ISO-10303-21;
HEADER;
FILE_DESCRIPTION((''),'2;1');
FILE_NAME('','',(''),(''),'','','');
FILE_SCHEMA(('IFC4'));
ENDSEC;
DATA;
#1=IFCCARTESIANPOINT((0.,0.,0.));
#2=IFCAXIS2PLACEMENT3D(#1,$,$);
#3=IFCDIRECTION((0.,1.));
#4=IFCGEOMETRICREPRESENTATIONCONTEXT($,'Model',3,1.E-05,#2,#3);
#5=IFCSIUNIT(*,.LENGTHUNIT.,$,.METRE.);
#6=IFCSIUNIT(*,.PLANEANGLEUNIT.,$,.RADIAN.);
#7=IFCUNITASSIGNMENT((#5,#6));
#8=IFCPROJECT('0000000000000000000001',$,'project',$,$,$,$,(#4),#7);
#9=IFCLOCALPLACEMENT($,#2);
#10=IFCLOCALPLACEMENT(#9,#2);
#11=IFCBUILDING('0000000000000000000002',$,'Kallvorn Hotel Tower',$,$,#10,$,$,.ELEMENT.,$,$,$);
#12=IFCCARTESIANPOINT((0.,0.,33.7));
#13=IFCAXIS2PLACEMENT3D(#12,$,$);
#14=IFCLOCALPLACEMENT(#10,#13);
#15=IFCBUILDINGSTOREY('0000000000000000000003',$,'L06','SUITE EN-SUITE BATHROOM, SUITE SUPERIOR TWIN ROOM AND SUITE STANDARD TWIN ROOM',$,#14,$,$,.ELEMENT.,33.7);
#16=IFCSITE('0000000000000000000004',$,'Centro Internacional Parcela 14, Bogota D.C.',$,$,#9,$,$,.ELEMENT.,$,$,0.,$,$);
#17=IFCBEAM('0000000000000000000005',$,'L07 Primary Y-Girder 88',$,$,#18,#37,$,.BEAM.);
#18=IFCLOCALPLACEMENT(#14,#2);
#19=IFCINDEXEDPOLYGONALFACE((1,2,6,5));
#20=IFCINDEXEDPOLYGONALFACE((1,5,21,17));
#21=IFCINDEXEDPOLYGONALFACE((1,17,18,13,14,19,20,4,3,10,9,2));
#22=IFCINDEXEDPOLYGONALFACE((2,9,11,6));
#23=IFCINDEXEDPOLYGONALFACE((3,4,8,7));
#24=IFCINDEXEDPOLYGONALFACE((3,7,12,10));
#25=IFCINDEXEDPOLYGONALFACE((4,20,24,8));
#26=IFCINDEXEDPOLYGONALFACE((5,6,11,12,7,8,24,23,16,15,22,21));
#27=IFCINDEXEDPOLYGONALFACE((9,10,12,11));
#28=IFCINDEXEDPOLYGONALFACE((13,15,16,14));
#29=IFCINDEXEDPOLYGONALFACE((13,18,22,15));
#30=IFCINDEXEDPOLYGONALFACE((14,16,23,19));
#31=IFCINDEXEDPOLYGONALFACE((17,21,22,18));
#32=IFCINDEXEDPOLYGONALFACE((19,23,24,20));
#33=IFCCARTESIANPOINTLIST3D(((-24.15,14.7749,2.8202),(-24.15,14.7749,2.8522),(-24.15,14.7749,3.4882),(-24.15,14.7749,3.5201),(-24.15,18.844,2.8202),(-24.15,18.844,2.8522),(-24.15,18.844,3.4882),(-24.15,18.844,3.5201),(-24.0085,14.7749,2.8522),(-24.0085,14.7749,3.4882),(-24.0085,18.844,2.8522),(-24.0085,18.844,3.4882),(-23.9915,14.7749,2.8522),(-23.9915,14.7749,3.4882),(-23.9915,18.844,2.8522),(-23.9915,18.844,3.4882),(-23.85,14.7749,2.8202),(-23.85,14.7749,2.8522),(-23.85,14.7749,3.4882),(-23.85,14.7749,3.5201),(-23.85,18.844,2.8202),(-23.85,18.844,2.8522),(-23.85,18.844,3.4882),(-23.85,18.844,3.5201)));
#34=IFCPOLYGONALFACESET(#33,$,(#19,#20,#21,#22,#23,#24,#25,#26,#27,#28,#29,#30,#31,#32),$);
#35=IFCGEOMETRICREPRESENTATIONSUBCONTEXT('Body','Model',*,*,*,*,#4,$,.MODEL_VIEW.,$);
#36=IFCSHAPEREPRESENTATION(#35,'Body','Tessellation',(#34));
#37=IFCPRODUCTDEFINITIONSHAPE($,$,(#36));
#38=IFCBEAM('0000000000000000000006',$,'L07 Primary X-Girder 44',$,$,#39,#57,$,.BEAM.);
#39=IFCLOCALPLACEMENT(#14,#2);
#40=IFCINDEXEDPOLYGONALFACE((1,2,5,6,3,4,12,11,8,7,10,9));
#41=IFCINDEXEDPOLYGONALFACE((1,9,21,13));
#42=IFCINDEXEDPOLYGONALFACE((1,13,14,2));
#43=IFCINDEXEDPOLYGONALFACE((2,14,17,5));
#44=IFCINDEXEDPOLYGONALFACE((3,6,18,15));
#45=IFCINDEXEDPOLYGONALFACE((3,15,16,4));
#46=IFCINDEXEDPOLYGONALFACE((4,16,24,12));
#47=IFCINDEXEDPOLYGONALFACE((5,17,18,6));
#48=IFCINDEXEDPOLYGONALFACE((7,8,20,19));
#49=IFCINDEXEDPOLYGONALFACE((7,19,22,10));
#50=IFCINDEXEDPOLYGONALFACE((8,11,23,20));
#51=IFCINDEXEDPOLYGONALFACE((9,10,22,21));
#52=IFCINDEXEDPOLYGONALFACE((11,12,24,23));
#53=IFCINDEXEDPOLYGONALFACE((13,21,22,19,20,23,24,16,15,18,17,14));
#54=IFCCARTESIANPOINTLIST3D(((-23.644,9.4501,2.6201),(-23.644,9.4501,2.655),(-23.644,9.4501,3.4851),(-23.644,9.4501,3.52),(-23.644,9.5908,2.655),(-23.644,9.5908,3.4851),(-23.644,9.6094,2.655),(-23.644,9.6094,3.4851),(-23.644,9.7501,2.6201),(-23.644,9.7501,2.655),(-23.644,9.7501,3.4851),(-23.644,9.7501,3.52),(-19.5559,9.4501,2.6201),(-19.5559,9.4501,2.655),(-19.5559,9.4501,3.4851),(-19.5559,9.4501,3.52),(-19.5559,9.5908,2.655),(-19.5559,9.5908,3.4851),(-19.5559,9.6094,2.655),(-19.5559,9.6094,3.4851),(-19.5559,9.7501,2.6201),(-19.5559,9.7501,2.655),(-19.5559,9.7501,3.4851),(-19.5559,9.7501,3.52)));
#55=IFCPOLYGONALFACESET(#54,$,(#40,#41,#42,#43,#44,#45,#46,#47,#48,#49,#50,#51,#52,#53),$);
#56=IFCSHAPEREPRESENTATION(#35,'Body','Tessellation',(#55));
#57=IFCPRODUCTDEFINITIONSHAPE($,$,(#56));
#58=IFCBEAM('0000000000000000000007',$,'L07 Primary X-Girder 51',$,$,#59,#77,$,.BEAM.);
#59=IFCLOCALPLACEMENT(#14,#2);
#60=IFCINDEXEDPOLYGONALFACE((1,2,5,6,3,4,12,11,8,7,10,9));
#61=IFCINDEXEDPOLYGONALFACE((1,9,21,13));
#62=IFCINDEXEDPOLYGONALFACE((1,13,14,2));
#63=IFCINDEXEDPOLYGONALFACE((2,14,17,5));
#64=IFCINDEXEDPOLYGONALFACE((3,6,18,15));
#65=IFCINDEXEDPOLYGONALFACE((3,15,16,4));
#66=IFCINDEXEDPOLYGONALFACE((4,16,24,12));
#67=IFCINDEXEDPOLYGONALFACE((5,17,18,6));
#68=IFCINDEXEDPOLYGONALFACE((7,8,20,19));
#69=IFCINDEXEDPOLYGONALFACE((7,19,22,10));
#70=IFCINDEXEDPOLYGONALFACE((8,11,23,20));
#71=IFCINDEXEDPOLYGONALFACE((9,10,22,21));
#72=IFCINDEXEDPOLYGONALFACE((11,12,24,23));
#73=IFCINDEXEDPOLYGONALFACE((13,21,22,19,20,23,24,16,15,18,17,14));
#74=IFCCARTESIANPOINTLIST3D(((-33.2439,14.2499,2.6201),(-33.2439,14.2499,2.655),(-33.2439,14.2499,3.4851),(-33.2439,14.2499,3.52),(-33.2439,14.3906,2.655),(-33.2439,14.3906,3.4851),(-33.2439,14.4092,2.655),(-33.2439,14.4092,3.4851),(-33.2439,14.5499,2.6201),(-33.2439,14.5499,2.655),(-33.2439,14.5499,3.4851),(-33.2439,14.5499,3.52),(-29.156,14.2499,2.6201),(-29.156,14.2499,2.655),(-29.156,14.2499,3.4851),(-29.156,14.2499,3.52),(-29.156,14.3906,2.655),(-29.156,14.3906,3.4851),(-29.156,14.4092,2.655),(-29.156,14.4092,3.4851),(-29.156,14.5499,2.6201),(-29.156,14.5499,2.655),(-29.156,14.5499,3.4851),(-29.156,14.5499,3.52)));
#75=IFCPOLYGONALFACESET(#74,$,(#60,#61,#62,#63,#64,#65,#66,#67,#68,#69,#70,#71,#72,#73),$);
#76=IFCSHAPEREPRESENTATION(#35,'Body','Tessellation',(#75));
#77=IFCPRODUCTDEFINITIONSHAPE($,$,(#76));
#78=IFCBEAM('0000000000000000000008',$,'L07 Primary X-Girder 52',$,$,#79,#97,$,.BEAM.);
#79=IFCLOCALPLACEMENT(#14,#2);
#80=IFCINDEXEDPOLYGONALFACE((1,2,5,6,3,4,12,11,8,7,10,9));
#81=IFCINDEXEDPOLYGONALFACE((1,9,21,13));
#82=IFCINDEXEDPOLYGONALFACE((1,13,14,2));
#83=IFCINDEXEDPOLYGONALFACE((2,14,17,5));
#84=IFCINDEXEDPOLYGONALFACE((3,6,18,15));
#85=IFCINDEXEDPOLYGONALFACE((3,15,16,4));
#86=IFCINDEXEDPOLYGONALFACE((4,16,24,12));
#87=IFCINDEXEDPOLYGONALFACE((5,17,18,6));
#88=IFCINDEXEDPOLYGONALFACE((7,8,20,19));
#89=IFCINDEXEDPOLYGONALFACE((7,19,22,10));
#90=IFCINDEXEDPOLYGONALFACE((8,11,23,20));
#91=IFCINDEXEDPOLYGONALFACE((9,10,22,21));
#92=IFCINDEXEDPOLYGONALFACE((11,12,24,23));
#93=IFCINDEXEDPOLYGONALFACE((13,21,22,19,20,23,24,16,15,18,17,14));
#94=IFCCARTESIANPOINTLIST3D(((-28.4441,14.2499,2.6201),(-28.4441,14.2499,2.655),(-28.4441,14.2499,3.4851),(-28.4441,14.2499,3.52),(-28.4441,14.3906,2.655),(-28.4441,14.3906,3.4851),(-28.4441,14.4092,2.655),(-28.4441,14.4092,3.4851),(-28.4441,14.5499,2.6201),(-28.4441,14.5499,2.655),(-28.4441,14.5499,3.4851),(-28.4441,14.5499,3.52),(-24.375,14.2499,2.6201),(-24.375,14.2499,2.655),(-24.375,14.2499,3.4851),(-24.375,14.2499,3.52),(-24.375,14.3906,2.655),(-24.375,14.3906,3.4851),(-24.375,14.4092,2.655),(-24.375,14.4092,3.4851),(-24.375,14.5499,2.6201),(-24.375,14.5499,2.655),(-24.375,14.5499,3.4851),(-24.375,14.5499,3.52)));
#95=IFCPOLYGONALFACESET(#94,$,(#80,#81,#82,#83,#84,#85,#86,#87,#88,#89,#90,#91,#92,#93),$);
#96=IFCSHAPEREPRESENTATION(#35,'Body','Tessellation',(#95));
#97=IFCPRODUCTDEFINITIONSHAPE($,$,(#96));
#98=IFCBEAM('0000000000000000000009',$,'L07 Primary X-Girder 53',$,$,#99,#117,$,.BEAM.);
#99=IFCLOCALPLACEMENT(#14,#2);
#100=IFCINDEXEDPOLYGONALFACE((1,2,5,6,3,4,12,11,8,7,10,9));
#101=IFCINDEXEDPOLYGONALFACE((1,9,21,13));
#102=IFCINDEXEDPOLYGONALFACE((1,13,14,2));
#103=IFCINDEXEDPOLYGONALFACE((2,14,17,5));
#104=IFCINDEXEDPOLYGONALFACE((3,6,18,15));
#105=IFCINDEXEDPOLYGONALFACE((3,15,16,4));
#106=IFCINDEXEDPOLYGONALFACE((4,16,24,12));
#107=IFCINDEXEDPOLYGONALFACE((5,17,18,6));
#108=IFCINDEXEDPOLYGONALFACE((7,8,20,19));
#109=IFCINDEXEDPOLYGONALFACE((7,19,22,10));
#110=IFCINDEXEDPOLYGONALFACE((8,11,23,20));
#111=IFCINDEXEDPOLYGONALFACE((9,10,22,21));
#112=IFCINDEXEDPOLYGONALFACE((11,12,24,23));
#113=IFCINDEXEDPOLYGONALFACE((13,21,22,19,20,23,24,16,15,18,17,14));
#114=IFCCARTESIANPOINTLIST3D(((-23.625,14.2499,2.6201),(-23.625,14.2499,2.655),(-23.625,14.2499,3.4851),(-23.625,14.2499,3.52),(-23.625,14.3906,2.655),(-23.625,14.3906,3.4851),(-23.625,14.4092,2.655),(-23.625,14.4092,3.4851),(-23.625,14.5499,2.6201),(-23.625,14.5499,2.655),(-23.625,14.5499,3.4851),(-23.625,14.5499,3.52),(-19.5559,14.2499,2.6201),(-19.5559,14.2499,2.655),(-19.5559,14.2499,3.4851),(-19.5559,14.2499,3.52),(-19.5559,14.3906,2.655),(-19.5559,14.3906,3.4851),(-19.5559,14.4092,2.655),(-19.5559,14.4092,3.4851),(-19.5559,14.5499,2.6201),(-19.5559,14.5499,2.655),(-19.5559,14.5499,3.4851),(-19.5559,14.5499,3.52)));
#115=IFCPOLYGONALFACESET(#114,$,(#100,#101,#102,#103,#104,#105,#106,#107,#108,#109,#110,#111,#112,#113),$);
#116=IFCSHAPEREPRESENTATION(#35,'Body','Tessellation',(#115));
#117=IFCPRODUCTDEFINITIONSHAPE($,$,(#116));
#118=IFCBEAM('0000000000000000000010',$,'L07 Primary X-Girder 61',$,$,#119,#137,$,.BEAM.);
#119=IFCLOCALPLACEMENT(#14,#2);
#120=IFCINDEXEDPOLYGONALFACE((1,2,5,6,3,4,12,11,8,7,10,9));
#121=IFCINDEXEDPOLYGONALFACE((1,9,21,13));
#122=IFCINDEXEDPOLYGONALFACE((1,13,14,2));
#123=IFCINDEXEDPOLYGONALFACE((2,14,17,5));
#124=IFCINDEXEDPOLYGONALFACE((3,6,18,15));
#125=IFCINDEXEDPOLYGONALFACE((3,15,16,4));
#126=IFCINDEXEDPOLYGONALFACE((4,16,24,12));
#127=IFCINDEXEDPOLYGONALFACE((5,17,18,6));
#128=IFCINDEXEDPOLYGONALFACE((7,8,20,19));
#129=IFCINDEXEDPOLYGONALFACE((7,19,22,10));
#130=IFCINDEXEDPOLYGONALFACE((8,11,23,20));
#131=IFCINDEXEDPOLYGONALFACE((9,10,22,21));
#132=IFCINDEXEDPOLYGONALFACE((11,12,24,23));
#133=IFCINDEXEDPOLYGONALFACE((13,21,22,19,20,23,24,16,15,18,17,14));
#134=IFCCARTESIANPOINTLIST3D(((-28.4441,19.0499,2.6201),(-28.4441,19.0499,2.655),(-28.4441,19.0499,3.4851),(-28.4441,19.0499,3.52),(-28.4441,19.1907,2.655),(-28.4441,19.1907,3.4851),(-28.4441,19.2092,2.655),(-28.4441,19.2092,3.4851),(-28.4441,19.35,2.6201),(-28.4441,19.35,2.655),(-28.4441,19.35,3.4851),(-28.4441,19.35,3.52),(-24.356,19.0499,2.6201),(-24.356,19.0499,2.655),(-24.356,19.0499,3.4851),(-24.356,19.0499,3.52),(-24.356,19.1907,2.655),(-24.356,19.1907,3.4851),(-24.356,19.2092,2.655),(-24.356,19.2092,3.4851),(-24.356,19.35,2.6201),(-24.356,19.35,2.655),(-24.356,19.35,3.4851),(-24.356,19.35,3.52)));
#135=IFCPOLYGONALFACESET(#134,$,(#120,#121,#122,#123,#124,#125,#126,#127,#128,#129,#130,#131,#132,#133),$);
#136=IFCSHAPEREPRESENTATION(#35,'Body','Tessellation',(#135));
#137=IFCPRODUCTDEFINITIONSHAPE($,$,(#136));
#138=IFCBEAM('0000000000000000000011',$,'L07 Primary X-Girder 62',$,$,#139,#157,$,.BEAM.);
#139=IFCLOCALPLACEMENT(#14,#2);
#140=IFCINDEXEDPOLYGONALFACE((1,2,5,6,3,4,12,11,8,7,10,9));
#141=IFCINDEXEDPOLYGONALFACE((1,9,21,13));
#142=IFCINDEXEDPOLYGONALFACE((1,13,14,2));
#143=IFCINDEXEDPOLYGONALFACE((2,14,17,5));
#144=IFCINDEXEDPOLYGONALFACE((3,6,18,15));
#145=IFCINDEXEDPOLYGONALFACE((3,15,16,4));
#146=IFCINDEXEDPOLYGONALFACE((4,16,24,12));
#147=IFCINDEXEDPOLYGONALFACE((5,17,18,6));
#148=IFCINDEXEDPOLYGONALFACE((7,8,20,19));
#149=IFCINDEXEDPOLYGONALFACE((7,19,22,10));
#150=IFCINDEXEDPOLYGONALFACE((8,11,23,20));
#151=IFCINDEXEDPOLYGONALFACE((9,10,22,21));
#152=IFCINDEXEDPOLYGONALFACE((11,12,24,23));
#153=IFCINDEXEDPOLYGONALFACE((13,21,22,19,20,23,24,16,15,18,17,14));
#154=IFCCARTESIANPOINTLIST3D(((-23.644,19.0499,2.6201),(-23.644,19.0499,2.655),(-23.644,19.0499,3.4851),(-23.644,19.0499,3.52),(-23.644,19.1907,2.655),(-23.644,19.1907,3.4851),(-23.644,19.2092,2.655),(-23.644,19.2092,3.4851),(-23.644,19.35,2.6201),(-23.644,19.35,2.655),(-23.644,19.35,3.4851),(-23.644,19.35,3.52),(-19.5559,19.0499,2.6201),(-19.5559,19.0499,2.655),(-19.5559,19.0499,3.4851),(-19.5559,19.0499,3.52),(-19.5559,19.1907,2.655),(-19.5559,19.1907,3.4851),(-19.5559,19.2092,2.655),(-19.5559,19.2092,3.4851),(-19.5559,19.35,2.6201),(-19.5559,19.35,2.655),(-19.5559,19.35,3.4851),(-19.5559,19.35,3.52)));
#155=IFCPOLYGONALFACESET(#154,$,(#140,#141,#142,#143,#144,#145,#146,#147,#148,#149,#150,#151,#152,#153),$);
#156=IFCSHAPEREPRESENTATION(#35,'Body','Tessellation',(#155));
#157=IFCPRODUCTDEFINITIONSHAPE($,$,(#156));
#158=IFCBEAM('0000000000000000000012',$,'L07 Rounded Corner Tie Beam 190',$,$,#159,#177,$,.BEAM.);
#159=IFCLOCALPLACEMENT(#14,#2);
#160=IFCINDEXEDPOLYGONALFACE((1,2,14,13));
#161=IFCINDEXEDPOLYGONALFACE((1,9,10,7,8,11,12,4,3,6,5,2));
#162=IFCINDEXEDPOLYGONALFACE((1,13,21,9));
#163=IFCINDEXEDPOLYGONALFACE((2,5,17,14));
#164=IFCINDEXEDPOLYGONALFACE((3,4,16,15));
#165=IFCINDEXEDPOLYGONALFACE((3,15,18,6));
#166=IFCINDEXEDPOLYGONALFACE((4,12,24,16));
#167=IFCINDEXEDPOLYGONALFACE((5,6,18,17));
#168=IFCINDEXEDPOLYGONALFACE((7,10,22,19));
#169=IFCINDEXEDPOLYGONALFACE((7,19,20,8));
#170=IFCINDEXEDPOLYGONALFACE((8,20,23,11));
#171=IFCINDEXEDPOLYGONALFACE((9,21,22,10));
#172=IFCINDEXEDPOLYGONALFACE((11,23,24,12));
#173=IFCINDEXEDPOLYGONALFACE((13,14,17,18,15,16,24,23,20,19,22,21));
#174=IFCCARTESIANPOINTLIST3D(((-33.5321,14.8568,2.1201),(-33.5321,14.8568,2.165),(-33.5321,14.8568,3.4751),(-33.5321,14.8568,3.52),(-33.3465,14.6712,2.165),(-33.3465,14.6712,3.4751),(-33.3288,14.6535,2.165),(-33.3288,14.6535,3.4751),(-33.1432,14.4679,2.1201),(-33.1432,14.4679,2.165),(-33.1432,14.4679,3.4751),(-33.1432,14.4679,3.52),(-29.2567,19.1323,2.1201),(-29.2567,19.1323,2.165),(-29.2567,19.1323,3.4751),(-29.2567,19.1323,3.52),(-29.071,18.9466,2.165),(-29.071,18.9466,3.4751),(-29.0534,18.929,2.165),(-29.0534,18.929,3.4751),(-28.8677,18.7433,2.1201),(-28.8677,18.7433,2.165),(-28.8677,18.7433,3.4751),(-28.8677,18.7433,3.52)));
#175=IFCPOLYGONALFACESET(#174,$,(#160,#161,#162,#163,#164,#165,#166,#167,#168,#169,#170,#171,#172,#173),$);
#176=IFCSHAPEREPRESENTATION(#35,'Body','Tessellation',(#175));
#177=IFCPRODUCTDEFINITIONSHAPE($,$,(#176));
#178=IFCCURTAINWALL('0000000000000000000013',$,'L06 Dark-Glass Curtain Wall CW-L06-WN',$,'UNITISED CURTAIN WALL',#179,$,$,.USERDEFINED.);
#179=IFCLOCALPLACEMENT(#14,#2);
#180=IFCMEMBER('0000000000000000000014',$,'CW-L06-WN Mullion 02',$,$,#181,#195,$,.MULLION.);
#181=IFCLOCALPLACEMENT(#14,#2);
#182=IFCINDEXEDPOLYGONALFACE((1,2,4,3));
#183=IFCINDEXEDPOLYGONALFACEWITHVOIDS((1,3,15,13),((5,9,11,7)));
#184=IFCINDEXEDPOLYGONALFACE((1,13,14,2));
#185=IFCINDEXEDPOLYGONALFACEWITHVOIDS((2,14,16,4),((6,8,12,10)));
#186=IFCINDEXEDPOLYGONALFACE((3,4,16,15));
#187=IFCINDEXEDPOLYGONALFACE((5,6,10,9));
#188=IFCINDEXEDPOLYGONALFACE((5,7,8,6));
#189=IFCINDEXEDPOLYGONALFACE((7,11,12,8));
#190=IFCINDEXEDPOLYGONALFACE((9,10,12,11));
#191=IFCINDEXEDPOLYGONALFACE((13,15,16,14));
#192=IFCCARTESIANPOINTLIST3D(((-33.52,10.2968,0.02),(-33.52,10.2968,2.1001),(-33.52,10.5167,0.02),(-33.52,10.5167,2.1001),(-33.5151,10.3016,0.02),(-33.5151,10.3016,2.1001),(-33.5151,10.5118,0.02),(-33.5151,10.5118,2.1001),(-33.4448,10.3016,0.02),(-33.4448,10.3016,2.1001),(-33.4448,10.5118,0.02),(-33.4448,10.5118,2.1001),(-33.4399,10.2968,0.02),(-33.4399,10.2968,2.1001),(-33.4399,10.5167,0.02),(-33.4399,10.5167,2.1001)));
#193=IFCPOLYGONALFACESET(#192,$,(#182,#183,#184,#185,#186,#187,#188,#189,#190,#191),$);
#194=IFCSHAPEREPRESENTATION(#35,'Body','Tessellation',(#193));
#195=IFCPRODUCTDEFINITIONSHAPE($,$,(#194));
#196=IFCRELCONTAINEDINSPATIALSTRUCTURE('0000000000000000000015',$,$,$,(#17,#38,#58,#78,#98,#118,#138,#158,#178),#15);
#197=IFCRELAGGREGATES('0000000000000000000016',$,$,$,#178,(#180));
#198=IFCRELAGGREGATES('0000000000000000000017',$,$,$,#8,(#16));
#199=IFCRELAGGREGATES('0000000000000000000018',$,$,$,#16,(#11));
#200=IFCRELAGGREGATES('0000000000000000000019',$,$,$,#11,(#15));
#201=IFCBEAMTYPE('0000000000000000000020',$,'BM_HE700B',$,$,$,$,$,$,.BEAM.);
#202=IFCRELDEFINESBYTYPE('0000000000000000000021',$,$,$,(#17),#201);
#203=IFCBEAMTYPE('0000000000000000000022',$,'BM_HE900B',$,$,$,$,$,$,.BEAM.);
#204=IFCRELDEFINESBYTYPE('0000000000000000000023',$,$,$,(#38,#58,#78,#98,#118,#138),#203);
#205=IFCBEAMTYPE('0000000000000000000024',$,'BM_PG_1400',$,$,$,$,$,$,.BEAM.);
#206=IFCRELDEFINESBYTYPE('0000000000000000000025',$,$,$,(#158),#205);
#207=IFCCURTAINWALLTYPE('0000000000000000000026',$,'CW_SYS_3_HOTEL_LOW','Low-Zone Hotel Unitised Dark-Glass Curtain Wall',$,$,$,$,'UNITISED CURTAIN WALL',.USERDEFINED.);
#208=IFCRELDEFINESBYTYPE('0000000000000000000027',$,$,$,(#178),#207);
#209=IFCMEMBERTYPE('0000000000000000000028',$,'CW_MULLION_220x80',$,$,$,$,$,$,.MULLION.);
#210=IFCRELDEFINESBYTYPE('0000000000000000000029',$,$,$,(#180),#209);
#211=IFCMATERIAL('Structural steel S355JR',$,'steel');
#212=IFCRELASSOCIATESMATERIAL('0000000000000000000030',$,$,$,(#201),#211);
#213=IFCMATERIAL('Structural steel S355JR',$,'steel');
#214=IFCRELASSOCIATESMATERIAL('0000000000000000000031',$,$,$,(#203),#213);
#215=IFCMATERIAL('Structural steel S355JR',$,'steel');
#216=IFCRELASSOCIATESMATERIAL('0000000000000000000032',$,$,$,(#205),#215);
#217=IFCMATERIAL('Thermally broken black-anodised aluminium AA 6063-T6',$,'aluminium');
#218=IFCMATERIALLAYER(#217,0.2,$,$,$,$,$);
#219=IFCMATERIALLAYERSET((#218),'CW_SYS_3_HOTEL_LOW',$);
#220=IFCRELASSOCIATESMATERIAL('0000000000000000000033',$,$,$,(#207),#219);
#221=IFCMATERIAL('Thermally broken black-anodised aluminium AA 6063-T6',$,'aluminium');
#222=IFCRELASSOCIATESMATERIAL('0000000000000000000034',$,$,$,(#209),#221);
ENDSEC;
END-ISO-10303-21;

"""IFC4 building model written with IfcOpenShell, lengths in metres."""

from ifc_helpers import new_model, si_unit, direction, frame, origin, origin_2d, place, context, subcontext, project, spatial, hollow_rectangle, i_section, extrude, material, layer, layer_set, material_profile, profile_set, type_object, element, aggregate, save


model = new_model("IFC4")

# Units and contexts
model_context = context("Model", 3, precision=1e-05, world=origin(), true_north=direction((0.0, 1.0)))
body_context = subcontext(model_context, "Body", "Model", "MODEL_VIEW")
ifc_project = project(units=[si_unit("LENGTHUNIT", "METRE"), si_unit("PLANEANGLEUNIT", "RADIAN")], contexts=[model_context])

# Site, building, storey
site_placement = place(None, origin())
site = spatial("IfcSite", under=ifc_project, at=site_placement, Name="Centro Internacional Parcela 14, Bogota D.C.", CompositionType="ELEMENT", RefElevation=0.0)
building_placement = place(site_placement, origin())
building = spatial("IfcBuilding", under=site, at=building_placement, Name="Kallvorn Hotel Tower", CompositionType="ELEMENT")
storey_placement = place(building_placement, frame((0.0, 0.0, 33.7)))
storey = spatial("IfcBuildingStorey", under=building, at=storey_placement, Name="L06", Description="SUITE EN-SUITE BATHROOM, SUITE SUPERIOR TWIN ROOM AND SUITE STANDARD TWIN ROOM", CompositionType="ELEMENT", Elevation=33.7)

# Beams
ifc_material_1 = material(Name="Structural steel S355JR", Category="steel")
ifc_material_profile_1 = material_profile(ifc_material_1, i_section(OverallWidth=0.3, OverallDepth=0.7, WebThickness=0.0171, FlangeThickness=0.032, at=origin_2d()), Name="HE 700 B")
ifc_profile_set_1 = profile_set([ifc_material_profile_1], Name="Structural steel S355JR")
beam_type_1 = type_object("IfcBeamType", Name="BM_HE700B", PredefinedType="BEAM", material=ifc_profile_set_1)
beam_1_placement = place(storey_placement, frame((-24.0, 14.7749, 3.1702), z_axis=(0.0, 1.0, 0.0), x_axis=(-1.0, 0.0, 0.0)))
element("IfcBeam", 1, at=beam_1_placement, inside=storey, type_object=beam_type_1, Name="L07 Primary Y-Girder 88", PredefinedType="BEAM", context=body_context, shape_type="SweptSolid", body=[
    extrude(i_section(OverallWidth=0.3, OverallDepth=0.7, WebThickness=0.0171, FlangeThickness=0.032, at=origin_2d()), origin(), (0.0, 0.0, 1.0), 4.0691),
])
ifc_material_2 = material(Name="Structural steel S355JR", Category="steel")
ifc_material_profile_2 = material_profile(ifc_material_2, i_section(OverallWidth=0.3, OverallDepth=0.8999, WebThickness=0.0186, FlangeThickness=0.0349, at=origin_2d()), Name="HE 900 B")
ifc_profile_set_2 = profile_set([ifc_material_profile_2], Name="Structural steel S355JR")
beam_type_2 = type_object("IfcBeamType", Name="BM_HE900B", PredefinedType="BEAM", material=ifc_profile_set_2)
beam_2_placement = place(storey_placement, frame((-23.644, 9.6001, 3.0701), z_axis=(1.0, 0.0, 0.0), x_axis=(0.0, 1.0, 0.0)))
element("IfcBeam", 2, at=beam_2_placement, inside=storey, type_object=beam_type_2, Name="L07 Primary X-Girder 44", PredefinedType="BEAM", context=body_context, shape_type="SweptSolid", body=[
    extrude(i_section(OverallWidth=0.3, OverallDepth=0.8999, WebThickness=0.0186, FlangeThickness=0.0349, at=origin_2d()), origin(), (0.0, 0.0, 1.0), 4.0881),
])
beam_3_placement = place(storey_placement, frame((-33.2439, 14.3999, 3.0701), z_axis=(1.0, 0.0, 0.0), x_axis=(0.0, 1.0, 0.0)))
element("IfcBeam", 3, at=beam_3_placement, inside=storey, type_object=beam_type_2, Name="L07 Primary X-Girder 51", PredefinedType="BEAM", context=body_context, shape_type="SweptSolid", body=[
    extrude(i_section(OverallWidth=0.3, OverallDepth=0.8999, WebThickness=0.0186, FlangeThickness=0.0349, at=origin_2d()), origin(), (0.0, 0.0, 1.0), 4.0879),
])
for number, where, z_axis, x_axis, name in (
    (4, (-28.4441, 14.3999, 3.0701), (1.0, 0.0, 0.0), (0.0, 1.0, 0.0), "L07 Primary X-Girder 52"),
    (5, (-23.625, 14.3999, 3.0701), (1.0, 0.0, 0.0), (0.0, 1.0, 0.0), "L07 Primary X-Girder 53"),
):
    element("IfcBeam", number, at=place(storey_placement, frame(where, z_axis=z_axis, x_axis=x_axis)), inside=storey, type_object=beam_type_2, Name=name, PredefinedType="BEAM", context=body_context, shape_type="SweptSolid", body=[
        extrude(i_section(OverallWidth=0.3, OverallDepth=0.8999, WebThickness=0.0186, FlangeThickness=0.0349, at=origin_2d()), origin(), (0.0, 0.0, 1.0), 4.0691),
    ])
for number, where, z_axis, x_axis, name in (
    (6, (-28.4441, 19.2, 3.0701), (1.0, 0.0, 0.0), (0.0, 1.0, 0.0), "L07 Primary X-Girder 61"),
    (7, (-23.644, 19.2, 3.0701), (1.0, 0.0, 0.0), (0.0, 1.0, 0.0), "L07 Primary X-Girder 62"),
):
    element("IfcBeam", number, at=place(storey_placement, frame(where, z_axis=z_axis, x_axis=x_axis)), inside=storey, type_object=beam_type_2, Name=name, PredefinedType="BEAM", context=body_context, shape_type="SweptSolid", body=[
        extrude(i_section(OverallWidth=0.3, OverallDepth=0.8999, WebThickness=0.0186, FlangeThickness=0.0349, at=origin_2d()), origin(), (0.0, 0.0, 1.0), 4.0881),
    ])
ifc_material_3 = material(Name="Structural steel S355JR", Category="steel")
ifc_material_profile_3 = material_profile(ifc_material_3, i_section(OverallWidth=0.55, OverallDepth=1.3999, WebThickness=0.0249, FlangeThickness=0.0449, at=origin_2d()), Name="PG 1400x550x25x45")
ifc_profile_set_3 = profile_set([ifc_material_profile_3], Name="Structural steel S355JR")
beam_type_3 = type_object("IfcBeamType", Name="BM_PG_1400", PredefinedType="BEAM", material=ifc_profile_set_3)
beam_4_placement = place(storey_placement, frame((-33.3376, 14.6624, 2.8201), z_axis=(0.707107, 0.707107, 0.0), x_axis=(-0.707107, 0.707107, 0.0)))
element("IfcBeam", 8, at=beam_4_placement, inside=storey, type_object=beam_type_3, Name="L07 Rounded Corner Tie Beam 190", PredefinedType="BEAM", context=body_context, shape_type="SweptSolid", body=[
    extrude(i_section(OverallWidth=0.55, OverallDepth=1.3999, WebThickness=0.0249, FlangeThickness=0.0449, at=origin_2d()), origin(), (0.0, 0.0, 1.0), 6.0464),
])

# Curtain wall, member
ifc_material_4 = material(Name="Thermally broken black-anodised aluminium AA 6063-T6", Category="aluminium")
ifc_layer_1 = layer(ifc_material_4, 0.2)
ifc_layer_set_1 = layer_set([ifc_layer_1], Name="CW_SYS_3_HOTEL_LOW")
curtain_wall_type = type_object("IfcCurtainWallType", Name="CW_SYS_3_HOTEL_LOW", Description="Low-Zone Hotel Unitised Dark-Glass Curtain Wall", ElementType="UNITISED CURTAIN WALL", PredefinedType="USERDEFINED", material=ifc_layer_set_1)
curtain_wall_placement = place(storey_placement, origin())
curtain_wall = element("IfcCurtainWall", 9, at=curtain_wall_placement, inside=storey, type_object=curtain_wall_type, Name="L06 Dark-Glass Curtain Wall CW-L06-WN", ObjectType="UNITISED CURTAIN WALL", PredefinedType="USERDEFINED")
ifc_material_5 = material(Name="Thermally broken black-anodised aluminium AA 6063-T6", Category="aluminium")
ifc_material_profile_4 = material_profile(ifc_material_5, hollow_rectangle(XDim=0.0801, YDim=0.22, WallThickness=0.0049, at=origin_2d()), Name="MUL 220x80")
ifc_profile_set_4 = profile_set([ifc_material_profile_4], Name="Thermally broken black-anodised aluminium AA 6063-T6")
member_type_1 = type_object("IfcMemberType", Name="CW_MULLION_220x80", PredefinedType="MULLION", material=ifc_profile_set_4)
member_1_placement = place(storey_placement, frame((-33.48, 10.4067, 0.02), z_axis=(0.0, 0.0, 1.0), x_axis=(1.0, 0.0, 0.0)))
member_1 = element("IfcMember", 10, at=member_1_placement, type_object=member_type_1, Name="CW-L06-WN Mullion 02", PredefinedType="MULLION", context=body_context, shape_type="SweptSolid", body=[
    extrude(hollow_rectangle(XDim=0.0801, YDim=0.22, WallThickness=0.0049, at=origin_2d()), origin(), (0.0, 0.0, 1.0), 2.0801),
])

aggregate(curtain_wall, [member_1])

save(model, "model.ifc")
